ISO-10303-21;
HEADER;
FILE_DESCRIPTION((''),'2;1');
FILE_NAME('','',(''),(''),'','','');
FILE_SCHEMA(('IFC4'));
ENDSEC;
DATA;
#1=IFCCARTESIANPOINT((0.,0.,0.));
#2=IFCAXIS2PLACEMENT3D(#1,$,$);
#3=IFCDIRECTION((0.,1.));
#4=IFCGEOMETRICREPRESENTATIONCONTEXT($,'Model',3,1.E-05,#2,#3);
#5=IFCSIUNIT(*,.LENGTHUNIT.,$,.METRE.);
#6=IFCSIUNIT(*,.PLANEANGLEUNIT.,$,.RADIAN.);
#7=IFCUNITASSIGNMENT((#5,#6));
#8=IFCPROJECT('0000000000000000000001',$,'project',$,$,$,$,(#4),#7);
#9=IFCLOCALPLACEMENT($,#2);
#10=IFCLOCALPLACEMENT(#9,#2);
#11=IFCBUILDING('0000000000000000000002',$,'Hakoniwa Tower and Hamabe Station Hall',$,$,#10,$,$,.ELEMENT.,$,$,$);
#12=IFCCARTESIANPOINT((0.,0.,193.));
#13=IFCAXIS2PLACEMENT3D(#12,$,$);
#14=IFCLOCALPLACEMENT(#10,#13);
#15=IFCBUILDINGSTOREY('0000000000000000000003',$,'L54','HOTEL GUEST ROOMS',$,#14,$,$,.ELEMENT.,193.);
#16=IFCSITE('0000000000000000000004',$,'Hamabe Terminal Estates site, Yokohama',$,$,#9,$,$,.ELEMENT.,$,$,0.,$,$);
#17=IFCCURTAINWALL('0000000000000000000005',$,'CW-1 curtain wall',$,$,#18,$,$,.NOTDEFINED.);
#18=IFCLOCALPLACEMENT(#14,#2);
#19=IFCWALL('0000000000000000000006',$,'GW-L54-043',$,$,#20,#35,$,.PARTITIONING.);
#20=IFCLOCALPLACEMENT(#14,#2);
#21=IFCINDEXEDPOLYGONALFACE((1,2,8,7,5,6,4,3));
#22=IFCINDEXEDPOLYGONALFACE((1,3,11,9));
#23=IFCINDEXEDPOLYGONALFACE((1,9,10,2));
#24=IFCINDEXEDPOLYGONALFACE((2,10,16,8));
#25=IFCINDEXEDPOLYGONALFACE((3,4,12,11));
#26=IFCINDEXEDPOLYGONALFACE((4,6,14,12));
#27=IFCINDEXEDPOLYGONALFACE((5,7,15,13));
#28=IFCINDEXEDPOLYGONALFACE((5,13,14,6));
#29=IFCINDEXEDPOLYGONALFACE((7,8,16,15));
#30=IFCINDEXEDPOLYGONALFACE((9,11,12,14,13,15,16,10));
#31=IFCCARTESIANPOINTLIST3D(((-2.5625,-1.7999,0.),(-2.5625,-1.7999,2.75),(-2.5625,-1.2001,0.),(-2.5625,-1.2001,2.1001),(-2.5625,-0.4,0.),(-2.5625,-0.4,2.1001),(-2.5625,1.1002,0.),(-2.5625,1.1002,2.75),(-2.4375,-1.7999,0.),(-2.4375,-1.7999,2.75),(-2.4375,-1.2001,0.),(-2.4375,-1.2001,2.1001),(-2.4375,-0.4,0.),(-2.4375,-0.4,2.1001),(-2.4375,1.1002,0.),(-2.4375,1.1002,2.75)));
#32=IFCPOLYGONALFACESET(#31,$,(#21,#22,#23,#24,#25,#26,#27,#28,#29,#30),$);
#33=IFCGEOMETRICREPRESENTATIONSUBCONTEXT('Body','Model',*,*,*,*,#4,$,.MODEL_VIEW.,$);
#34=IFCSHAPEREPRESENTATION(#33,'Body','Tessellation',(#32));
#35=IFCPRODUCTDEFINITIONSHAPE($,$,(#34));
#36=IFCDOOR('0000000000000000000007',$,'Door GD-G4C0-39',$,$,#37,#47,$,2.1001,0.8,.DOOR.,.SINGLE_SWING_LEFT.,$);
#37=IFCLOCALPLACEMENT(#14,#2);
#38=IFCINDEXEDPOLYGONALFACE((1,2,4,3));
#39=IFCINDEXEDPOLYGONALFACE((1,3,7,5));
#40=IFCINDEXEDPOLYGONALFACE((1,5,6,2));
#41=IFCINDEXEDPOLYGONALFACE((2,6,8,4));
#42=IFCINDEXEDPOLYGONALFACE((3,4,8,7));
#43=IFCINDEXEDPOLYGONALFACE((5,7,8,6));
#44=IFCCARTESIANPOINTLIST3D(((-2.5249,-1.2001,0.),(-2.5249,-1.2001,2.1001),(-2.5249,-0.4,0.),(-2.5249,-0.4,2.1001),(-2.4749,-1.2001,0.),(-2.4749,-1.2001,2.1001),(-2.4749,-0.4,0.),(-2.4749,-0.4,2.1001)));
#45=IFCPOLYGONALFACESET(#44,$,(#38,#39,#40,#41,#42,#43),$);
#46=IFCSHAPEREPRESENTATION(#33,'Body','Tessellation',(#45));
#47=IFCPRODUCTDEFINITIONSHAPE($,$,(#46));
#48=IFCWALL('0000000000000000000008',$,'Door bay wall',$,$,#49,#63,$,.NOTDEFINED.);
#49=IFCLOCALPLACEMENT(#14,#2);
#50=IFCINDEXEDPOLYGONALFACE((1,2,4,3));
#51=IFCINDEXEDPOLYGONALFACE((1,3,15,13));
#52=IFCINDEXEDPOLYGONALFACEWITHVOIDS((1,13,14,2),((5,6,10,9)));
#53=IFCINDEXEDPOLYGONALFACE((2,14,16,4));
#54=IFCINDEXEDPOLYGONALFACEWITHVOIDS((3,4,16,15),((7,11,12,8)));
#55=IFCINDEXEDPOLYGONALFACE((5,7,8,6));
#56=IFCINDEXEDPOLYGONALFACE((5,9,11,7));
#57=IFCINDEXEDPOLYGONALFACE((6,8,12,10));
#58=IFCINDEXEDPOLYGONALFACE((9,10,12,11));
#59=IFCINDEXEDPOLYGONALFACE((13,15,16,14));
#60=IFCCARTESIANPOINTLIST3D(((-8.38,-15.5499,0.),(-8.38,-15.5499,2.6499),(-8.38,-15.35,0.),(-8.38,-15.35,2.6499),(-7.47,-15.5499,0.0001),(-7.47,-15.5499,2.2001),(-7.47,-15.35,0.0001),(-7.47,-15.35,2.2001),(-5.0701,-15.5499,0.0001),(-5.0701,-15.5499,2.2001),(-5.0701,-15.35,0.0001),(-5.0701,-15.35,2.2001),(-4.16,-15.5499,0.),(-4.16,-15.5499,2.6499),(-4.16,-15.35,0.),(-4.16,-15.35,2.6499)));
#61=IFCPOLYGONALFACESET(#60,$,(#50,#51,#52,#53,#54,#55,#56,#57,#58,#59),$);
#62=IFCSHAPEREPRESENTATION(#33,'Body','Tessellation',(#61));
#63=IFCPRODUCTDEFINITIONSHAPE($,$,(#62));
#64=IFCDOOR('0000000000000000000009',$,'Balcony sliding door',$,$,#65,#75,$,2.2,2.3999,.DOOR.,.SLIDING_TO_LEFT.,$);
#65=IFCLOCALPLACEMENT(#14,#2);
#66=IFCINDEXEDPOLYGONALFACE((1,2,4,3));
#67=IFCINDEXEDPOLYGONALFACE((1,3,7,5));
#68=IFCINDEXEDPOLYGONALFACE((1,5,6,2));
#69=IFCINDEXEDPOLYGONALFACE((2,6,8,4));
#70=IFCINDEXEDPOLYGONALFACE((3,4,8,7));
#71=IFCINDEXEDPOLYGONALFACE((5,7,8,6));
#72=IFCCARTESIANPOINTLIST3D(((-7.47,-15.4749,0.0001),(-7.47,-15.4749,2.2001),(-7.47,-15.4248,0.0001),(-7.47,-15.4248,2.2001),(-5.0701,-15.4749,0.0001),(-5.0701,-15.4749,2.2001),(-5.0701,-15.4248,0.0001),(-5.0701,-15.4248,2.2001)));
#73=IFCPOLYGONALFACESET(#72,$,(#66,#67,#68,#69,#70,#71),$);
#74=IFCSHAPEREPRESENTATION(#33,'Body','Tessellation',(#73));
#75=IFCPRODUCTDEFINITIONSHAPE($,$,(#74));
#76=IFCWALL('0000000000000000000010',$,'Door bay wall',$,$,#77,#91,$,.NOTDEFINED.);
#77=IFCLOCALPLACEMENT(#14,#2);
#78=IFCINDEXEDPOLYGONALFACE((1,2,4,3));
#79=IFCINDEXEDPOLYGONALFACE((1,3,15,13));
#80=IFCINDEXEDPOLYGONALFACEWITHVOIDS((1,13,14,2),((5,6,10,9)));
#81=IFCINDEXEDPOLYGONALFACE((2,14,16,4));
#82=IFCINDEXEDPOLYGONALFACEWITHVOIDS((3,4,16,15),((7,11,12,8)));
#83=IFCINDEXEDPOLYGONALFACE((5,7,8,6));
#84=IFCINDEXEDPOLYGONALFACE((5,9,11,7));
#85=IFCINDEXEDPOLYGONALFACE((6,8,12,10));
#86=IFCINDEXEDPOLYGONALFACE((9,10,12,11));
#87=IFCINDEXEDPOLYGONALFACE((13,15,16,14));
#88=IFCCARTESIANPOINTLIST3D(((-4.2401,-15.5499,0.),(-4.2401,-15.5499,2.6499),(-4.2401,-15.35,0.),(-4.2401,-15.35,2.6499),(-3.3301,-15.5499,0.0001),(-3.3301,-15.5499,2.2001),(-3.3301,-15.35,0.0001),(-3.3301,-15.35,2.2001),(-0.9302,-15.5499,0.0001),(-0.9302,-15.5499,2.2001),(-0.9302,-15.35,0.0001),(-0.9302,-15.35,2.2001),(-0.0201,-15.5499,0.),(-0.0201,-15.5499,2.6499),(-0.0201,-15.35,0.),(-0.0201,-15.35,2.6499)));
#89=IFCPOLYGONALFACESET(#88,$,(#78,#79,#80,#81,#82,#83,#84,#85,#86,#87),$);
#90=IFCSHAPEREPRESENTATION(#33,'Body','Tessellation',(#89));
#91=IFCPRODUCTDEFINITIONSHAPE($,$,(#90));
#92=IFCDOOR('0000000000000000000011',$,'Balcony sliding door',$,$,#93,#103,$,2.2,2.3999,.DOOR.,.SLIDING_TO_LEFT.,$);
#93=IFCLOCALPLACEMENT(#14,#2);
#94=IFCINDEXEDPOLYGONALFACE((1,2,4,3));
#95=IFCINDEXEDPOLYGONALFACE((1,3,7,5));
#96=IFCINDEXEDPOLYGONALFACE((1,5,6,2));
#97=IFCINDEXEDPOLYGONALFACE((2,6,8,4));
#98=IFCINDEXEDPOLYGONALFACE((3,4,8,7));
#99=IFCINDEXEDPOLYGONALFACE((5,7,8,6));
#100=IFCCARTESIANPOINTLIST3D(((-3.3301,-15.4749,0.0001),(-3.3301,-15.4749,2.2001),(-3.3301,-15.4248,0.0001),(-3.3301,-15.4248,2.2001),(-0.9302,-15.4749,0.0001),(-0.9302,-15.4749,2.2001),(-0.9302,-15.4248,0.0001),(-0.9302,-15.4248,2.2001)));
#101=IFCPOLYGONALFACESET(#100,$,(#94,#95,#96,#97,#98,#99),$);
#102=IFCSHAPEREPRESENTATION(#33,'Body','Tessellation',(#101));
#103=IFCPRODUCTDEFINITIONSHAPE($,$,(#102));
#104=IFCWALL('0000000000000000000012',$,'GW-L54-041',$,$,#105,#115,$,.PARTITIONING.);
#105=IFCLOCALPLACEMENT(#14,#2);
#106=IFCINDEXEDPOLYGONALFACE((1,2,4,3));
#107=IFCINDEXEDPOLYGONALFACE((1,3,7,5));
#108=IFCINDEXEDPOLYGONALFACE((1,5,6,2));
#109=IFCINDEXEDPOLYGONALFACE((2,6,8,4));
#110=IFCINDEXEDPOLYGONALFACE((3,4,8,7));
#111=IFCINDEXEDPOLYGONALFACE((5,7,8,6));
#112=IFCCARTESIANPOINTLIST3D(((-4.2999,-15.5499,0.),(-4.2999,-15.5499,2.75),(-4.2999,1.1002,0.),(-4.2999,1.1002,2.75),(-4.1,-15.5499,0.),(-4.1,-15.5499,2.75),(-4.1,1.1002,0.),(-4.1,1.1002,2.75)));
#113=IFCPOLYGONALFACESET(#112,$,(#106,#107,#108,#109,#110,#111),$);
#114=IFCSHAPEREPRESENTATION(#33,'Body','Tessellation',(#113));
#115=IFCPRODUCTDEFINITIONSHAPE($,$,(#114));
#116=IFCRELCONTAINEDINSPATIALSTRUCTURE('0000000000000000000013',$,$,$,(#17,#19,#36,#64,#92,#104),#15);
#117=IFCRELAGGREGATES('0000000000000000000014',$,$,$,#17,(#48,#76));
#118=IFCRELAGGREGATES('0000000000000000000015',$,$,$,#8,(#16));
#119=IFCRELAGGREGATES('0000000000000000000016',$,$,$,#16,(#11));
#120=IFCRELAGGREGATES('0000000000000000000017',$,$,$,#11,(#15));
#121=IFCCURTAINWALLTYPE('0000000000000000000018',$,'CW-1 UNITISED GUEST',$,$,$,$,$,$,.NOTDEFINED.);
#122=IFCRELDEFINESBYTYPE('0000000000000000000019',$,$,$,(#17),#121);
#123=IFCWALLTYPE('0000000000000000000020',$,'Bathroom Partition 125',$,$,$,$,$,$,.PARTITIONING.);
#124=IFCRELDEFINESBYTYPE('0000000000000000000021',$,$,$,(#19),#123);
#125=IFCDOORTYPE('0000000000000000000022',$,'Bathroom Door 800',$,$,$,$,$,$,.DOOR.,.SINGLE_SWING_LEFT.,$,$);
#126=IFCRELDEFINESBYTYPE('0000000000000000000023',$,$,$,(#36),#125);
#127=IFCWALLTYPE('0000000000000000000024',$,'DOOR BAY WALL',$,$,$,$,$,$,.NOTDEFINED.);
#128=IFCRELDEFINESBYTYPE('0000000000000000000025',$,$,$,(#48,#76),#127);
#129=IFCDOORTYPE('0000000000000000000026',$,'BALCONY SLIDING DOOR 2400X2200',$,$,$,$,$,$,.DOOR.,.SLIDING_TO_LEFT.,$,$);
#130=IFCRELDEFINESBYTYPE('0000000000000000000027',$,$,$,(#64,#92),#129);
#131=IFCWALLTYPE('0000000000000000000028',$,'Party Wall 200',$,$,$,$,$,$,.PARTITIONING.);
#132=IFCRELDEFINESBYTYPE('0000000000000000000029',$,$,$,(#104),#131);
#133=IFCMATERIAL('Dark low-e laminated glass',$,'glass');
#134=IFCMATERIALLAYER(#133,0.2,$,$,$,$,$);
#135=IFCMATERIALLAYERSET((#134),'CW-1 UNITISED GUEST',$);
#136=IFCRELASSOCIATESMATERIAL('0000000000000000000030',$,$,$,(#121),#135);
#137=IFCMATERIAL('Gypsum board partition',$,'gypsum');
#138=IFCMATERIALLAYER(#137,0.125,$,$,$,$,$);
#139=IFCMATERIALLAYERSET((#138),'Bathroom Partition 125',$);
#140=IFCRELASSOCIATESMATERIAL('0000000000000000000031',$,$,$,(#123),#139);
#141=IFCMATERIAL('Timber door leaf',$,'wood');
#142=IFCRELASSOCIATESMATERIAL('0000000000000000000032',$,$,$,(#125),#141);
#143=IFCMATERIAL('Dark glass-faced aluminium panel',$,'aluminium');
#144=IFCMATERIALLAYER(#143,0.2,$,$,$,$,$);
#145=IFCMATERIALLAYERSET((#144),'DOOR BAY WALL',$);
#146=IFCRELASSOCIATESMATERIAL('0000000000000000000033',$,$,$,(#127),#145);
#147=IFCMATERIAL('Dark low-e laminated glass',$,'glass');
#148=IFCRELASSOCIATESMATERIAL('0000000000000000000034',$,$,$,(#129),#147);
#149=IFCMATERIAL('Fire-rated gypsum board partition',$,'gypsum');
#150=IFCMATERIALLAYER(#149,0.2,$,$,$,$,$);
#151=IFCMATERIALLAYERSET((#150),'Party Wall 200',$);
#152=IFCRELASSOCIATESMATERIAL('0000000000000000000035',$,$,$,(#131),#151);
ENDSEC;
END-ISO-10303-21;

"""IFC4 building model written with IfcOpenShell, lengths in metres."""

from ifc_helpers import new_model, si_unit, direction, frame, frame_2d, origin, place, context, subcontext, project, spatial, rectangle, extrude, material, layer, layer_set, type_object, element, fill, aggregate, save


model = new_model("IFC4")

# Units and contexts
model_context = context("Model", 3, precision=1e-05, world=origin(), true_north=direction((0.0, 1.0)))
body_context = subcontext(model_context, "Body", "Model", "MODEL_VIEW")
ifc_project = project(units=[si_unit("LENGTHUNIT", "METRE"), si_unit("PLANEANGLEUNIT", "RADIAN")], contexts=[model_context])

# Site, building, storey
site_placement = place(None, origin())
site = spatial("IfcSite", under=ifc_project, at=site_placement, Name="Hamabe Terminal Estates site, Yokohama", CompositionType="ELEMENT", RefElevation=0.0)
building_placement = place(site_placement, origin())
building = spatial("IfcBuilding", under=site, at=building_placement, Name="Hakoniwa Tower and Hamabe Station Hall", CompositionType="ELEMENT")
storey_placement = place(building_placement, frame((0.0, 0.0, 193.0)))
storey = spatial("IfcBuildingStorey", under=building, at=storey_placement, Name="L54", Description="HOTEL GUEST ROOMS", CompositionType="ELEMENT", Elevation=193.0)

# Curtain wall
ifc_material_1 = material(Name="Dark low-e laminated glass", Category="glass")
ifc_layer_1 = layer(ifc_material_1, 0.2)
ifc_layer_set_1 = layer_set([ifc_layer_1], Name="CW-1 UNITISED GUEST")
curtain_wall_type = type_object("IfcCurtainWallType", Name="CW-1 UNITISED GUEST", PredefinedType="NOTDEFINED", material=ifc_layer_set_1)
curtain_wall_placement = place(storey_placement, origin())
curtain_wall = element("IfcCurtainWall", 1, at=curtain_wall_placement, inside=storey, type_object=curtain_wall_type, Name="CW-1 curtain wall", PredefinedType="NOTDEFINED")

# Shared definitions
ifc_material_2 = material(Name="Gypsum board partition", Category="gypsum")
ifc_layer_2 = layer(ifc_material_2, 0.125)
ifc_layer_set_2 = layer_set([ifc_layer_2], Name="Bathroom Partition 125")
wall_type_1 = type_object("IfcWallType", Name="Bathroom Partition 125", PredefinedType="PARTITIONING", material=ifc_layer_set_2)

# Walls, openings, doors
ifc_material_3 = material(Name="Timber door leaf", Category="wood")
door_type_1 = type_object("IfcDoorType", Name="Bathroom Door 800", OperationType="SINGLE_SWING_LEFT", PredefinedType="DOOR", material=ifc_material_3)
wall_1_placement = place(storey_placement, frame((-2.5, -1.8, 0.0), z_axis=(0.0, 0.0, 1.0), x_axis=(0.0, 1.0, 0.0)))
wall_1 = element("IfcWall", 2, at=wall_1_placement, inside=storey, type_object=wall_type_1, Name="GW-L54-043", PredefinedType="PARTITIONING", context=body_context, shape_type="SweptSolid", body=[
    extrude(rectangle(XDim=2.9001, YDim=0.125, at=frame_2d((1.4502, 0.0))), origin(), (0.0, 0.0, 1.0), 2.75),
])
opening_1_placement = place(wall_1_placement, frame((0.6001, 0.0, 0.0)))
opening_1 = element("IfcOpeningElement", 3, at=opening_1_placement, cuts=wall_1, PredefinedType="OPENING", context=body_context, shape_type="SweptSolid", body=[
    extrude(rectangle(XDim=0.8, YDim=2.1001, at=frame_2d((0.3999, 1.05))), frame((0.0, 0.0725, 0.0), z_axis=(0.0, -1.0, 0.0), x_axis=(1.0, 0.0, 0.0)), (0.0, 0.0, 1.0), 0.145),
])
door_1_placement = place(opening_1_placement, origin())
door_1 = element("IfcDoor", 4, at=door_1_placement, inside=storey, type_object=door_type_1, Name="Door GD-G4C0-39", OperationType="SINGLE_SWING_LEFT", OverallHeight=2.1001, OverallWidth=0.8, PredefinedType="DOOR", context=body_context, shape_type="SweptSolid", body=[
    extrude(rectangle(XDim=0.8, YDim=2.1001, at=frame_2d((0.3999, 1.05))), frame((0.0, 0.0249, 0.0), z_axis=(0.0, -1.0, 0.0), x_axis=(1.0, 0.0, 0.0)), (0.0, 0.0, 1.0), 0.05),
])
fill(opening_1, door_1)
ifc_material_4 = material(Name="Dark glass-faced aluminium panel", Category="aluminium")
ifc_layer_3 = layer(ifc_material_4, 0.2)
ifc_layer_set_3 = layer_set([ifc_layer_3], Name="DOOR BAY WALL")
wall_type_2 = type_object("IfcWallType", Name="DOOR BAY WALL", PredefinedType="NOTDEFINED", material=ifc_layer_set_3)
wall_2_placement = place(storey_placement, frame((-8.3799, -15.45, 0.0), z_axis=(0.0, 0.0, 1.0), x_axis=(1.0, 0.0, 0.0)))
wall_2 = element("IfcWall", 5, at=wall_2_placement, type_object=wall_type_2, Name="Door bay wall", PredefinedType="NOTDEFINED", context=body_context, shape_type="SweptSolid", body=[
    extrude(rectangle(XDim=4.22, YDim=0.2, at=frame_2d((2.1099, 0.0))), origin(), (0.0, 0.0, 1.0), 2.6499),
])
opening_2_placement = place(wall_2_placement, frame((0.9099, 0.0, 0.0)))
opening_2 = element("IfcOpeningElement", 6, at=opening_2_placement, cuts=wall_2, PredefinedType="OPENING", context=body_context, shape_type="SweptSolid", body=[
    extrude(rectangle(XDim=2.3999, YDim=2.2, at=frame_2d((1.2, 1.1001))), frame((0.0, 0.1099, 0.0), z_axis=(0.0, -1.0, 0.0), x_axis=(1.0, 0.0, 0.0)), (0.0, 0.0, 1.0), 0.22),
])
ifc_material_5 = material(Name="Dark low-e laminated glass", Category="glass")
door_type_2 = type_object("IfcDoorType", Name="BALCONY SLIDING DOOR 2400X2200", OperationType="SLIDING_TO_LEFT", PredefinedType="DOOR", material=ifc_material_5)
door_2_placement = place(opening_2_placement, frame((2.3999, 0.0, 0.0), z_axis=(0.0, 0.0, 1.0), x_axis=(-1.0, 0.0, 0.0)))
door_2 = element("IfcDoor", 7, at=door_2_placement, inside=storey, type_object=door_type_2, Name="Balcony sliding door", OperationType="SLIDING_TO_LEFT", OverallHeight=2.2, OverallWidth=2.3999, PredefinedType="DOOR", context=body_context, shape_type="SweptSolid", body=[
    extrude(rectangle(XDim=2.3999, YDim=2.2, at=frame_2d((1.2, 1.1001))), frame((0.0, 0.0249, 0.0), z_axis=(0.0, -1.0, 0.0), x_axis=(1.0, 0.0, 0.0)), (0.0, 0.0, 1.0), 0.05),
])
fill(opening_2, door_2)
wall_3_placement = place(storey_placement, frame((-4.24, -15.45, 0.0), z_axis=(0.0, 0.0, 1.0), x_axis=(1.0, 0.0, 0.0)))
wall_3 = element("IfcWall", 8, at=wall_3_placement, type_object=wall_type_2, Name="Door bay wall", PredefinedType="NOTDEFINED", context=body_context, shape_type="SweptSolid", body=[
    extrude(rectangle(XDim=4.22, YDim=0.2, at=frame_2d((2.1099, 0.0))), origin(), (0.0, 0.0, 1.0), 2.6499),
])
opening_3_placement = place(wall_3_placement, frame((0.9099, 0.0, 0.0)))
opening_3 = element("IfcOpeningElement", 9, at=opening_3_placement, cuts=wall_3, PredefinedType="OPENING", context=body_context, shape_type="SweptSolid", body=[
    extrude(rectangle(XDim=2.3999, YDim=2.2, at=frame_2d((1.2, 1.1001))), frame((0.0, 0.1099, 0.0), z_axis=(0.0, -1.0, 0.0), x_axis=(1.0, 0.0, 0.0)), (0.0, 0.0, 1.0), 0.22),
])
door_3_placement = place(opening_3_placement, frame((2.3999, 0.0, 0.0), z_axis=(0.0, 0.0, 1.0), x_axis=(-1.0, 0.0, 0.0)))
door_3 = element("IfcDoor", 10, at=door_3_placement, inside=storey, type_object=door_type_2, Name="Balcony sliding door", OperationType="SLIDING_TO_LEFT", OverallHeight=2.2, OverallWidth=2.3999, PredefinedType="DOOR", context=body_context, shape_type="SweptSolid", body=[
    extrude(rectangle(XDim=2.3999, YDim=2.2, at=frame_2d((1.2, 1.1001))), frame((0.0, 0.0249, 0.0), z_axis=(0.0, -1.0, 0.0), x_axis=(1.0, 0.0, 0.0)), (0.0, 0.0, 1.0), 0.05),
])
fill(opening_3, door_3)
aggregate(curtain_wall, [wall_2, wall_3])

# Wall
ifc_material_6 = material(Name="Fire-rated gypsum board partition", Category="gypsum")
ifc_layer_4 = layer(ifc_material_6, 0.2)
ifc_layer_set_4 = layer_set([ifc_layer_4], Name="Party Wall 200")
wall_type_3 = type_object("IfcWallType", Name="Party Wall 200", PredefinedType="PARTITIONING", material=ifc_layer_set_4)
wall_4_placement = place(storey_placement, frame((-4.2, -15.55, 0.0), z_axis=(0.0, 0.0, 1.0), x_axis=(0.0, 1.0, 0.0)))
element("IfcWall", 11, at=wall_4_placement, inside=storey, type_object=wall_type_3, Name="GW-L54-041", PredefinedType="PARTITIONING", context=body_context, shape_type="SweptSolid", body=[
    extrude(rectangle(XDim=16.6501, YDim=0.2, at=frame_2d((8.3252, 0.0))), origin(), (0.0, 0.0, 1.0), 2.75),
])

save(model, "model.ifc")
